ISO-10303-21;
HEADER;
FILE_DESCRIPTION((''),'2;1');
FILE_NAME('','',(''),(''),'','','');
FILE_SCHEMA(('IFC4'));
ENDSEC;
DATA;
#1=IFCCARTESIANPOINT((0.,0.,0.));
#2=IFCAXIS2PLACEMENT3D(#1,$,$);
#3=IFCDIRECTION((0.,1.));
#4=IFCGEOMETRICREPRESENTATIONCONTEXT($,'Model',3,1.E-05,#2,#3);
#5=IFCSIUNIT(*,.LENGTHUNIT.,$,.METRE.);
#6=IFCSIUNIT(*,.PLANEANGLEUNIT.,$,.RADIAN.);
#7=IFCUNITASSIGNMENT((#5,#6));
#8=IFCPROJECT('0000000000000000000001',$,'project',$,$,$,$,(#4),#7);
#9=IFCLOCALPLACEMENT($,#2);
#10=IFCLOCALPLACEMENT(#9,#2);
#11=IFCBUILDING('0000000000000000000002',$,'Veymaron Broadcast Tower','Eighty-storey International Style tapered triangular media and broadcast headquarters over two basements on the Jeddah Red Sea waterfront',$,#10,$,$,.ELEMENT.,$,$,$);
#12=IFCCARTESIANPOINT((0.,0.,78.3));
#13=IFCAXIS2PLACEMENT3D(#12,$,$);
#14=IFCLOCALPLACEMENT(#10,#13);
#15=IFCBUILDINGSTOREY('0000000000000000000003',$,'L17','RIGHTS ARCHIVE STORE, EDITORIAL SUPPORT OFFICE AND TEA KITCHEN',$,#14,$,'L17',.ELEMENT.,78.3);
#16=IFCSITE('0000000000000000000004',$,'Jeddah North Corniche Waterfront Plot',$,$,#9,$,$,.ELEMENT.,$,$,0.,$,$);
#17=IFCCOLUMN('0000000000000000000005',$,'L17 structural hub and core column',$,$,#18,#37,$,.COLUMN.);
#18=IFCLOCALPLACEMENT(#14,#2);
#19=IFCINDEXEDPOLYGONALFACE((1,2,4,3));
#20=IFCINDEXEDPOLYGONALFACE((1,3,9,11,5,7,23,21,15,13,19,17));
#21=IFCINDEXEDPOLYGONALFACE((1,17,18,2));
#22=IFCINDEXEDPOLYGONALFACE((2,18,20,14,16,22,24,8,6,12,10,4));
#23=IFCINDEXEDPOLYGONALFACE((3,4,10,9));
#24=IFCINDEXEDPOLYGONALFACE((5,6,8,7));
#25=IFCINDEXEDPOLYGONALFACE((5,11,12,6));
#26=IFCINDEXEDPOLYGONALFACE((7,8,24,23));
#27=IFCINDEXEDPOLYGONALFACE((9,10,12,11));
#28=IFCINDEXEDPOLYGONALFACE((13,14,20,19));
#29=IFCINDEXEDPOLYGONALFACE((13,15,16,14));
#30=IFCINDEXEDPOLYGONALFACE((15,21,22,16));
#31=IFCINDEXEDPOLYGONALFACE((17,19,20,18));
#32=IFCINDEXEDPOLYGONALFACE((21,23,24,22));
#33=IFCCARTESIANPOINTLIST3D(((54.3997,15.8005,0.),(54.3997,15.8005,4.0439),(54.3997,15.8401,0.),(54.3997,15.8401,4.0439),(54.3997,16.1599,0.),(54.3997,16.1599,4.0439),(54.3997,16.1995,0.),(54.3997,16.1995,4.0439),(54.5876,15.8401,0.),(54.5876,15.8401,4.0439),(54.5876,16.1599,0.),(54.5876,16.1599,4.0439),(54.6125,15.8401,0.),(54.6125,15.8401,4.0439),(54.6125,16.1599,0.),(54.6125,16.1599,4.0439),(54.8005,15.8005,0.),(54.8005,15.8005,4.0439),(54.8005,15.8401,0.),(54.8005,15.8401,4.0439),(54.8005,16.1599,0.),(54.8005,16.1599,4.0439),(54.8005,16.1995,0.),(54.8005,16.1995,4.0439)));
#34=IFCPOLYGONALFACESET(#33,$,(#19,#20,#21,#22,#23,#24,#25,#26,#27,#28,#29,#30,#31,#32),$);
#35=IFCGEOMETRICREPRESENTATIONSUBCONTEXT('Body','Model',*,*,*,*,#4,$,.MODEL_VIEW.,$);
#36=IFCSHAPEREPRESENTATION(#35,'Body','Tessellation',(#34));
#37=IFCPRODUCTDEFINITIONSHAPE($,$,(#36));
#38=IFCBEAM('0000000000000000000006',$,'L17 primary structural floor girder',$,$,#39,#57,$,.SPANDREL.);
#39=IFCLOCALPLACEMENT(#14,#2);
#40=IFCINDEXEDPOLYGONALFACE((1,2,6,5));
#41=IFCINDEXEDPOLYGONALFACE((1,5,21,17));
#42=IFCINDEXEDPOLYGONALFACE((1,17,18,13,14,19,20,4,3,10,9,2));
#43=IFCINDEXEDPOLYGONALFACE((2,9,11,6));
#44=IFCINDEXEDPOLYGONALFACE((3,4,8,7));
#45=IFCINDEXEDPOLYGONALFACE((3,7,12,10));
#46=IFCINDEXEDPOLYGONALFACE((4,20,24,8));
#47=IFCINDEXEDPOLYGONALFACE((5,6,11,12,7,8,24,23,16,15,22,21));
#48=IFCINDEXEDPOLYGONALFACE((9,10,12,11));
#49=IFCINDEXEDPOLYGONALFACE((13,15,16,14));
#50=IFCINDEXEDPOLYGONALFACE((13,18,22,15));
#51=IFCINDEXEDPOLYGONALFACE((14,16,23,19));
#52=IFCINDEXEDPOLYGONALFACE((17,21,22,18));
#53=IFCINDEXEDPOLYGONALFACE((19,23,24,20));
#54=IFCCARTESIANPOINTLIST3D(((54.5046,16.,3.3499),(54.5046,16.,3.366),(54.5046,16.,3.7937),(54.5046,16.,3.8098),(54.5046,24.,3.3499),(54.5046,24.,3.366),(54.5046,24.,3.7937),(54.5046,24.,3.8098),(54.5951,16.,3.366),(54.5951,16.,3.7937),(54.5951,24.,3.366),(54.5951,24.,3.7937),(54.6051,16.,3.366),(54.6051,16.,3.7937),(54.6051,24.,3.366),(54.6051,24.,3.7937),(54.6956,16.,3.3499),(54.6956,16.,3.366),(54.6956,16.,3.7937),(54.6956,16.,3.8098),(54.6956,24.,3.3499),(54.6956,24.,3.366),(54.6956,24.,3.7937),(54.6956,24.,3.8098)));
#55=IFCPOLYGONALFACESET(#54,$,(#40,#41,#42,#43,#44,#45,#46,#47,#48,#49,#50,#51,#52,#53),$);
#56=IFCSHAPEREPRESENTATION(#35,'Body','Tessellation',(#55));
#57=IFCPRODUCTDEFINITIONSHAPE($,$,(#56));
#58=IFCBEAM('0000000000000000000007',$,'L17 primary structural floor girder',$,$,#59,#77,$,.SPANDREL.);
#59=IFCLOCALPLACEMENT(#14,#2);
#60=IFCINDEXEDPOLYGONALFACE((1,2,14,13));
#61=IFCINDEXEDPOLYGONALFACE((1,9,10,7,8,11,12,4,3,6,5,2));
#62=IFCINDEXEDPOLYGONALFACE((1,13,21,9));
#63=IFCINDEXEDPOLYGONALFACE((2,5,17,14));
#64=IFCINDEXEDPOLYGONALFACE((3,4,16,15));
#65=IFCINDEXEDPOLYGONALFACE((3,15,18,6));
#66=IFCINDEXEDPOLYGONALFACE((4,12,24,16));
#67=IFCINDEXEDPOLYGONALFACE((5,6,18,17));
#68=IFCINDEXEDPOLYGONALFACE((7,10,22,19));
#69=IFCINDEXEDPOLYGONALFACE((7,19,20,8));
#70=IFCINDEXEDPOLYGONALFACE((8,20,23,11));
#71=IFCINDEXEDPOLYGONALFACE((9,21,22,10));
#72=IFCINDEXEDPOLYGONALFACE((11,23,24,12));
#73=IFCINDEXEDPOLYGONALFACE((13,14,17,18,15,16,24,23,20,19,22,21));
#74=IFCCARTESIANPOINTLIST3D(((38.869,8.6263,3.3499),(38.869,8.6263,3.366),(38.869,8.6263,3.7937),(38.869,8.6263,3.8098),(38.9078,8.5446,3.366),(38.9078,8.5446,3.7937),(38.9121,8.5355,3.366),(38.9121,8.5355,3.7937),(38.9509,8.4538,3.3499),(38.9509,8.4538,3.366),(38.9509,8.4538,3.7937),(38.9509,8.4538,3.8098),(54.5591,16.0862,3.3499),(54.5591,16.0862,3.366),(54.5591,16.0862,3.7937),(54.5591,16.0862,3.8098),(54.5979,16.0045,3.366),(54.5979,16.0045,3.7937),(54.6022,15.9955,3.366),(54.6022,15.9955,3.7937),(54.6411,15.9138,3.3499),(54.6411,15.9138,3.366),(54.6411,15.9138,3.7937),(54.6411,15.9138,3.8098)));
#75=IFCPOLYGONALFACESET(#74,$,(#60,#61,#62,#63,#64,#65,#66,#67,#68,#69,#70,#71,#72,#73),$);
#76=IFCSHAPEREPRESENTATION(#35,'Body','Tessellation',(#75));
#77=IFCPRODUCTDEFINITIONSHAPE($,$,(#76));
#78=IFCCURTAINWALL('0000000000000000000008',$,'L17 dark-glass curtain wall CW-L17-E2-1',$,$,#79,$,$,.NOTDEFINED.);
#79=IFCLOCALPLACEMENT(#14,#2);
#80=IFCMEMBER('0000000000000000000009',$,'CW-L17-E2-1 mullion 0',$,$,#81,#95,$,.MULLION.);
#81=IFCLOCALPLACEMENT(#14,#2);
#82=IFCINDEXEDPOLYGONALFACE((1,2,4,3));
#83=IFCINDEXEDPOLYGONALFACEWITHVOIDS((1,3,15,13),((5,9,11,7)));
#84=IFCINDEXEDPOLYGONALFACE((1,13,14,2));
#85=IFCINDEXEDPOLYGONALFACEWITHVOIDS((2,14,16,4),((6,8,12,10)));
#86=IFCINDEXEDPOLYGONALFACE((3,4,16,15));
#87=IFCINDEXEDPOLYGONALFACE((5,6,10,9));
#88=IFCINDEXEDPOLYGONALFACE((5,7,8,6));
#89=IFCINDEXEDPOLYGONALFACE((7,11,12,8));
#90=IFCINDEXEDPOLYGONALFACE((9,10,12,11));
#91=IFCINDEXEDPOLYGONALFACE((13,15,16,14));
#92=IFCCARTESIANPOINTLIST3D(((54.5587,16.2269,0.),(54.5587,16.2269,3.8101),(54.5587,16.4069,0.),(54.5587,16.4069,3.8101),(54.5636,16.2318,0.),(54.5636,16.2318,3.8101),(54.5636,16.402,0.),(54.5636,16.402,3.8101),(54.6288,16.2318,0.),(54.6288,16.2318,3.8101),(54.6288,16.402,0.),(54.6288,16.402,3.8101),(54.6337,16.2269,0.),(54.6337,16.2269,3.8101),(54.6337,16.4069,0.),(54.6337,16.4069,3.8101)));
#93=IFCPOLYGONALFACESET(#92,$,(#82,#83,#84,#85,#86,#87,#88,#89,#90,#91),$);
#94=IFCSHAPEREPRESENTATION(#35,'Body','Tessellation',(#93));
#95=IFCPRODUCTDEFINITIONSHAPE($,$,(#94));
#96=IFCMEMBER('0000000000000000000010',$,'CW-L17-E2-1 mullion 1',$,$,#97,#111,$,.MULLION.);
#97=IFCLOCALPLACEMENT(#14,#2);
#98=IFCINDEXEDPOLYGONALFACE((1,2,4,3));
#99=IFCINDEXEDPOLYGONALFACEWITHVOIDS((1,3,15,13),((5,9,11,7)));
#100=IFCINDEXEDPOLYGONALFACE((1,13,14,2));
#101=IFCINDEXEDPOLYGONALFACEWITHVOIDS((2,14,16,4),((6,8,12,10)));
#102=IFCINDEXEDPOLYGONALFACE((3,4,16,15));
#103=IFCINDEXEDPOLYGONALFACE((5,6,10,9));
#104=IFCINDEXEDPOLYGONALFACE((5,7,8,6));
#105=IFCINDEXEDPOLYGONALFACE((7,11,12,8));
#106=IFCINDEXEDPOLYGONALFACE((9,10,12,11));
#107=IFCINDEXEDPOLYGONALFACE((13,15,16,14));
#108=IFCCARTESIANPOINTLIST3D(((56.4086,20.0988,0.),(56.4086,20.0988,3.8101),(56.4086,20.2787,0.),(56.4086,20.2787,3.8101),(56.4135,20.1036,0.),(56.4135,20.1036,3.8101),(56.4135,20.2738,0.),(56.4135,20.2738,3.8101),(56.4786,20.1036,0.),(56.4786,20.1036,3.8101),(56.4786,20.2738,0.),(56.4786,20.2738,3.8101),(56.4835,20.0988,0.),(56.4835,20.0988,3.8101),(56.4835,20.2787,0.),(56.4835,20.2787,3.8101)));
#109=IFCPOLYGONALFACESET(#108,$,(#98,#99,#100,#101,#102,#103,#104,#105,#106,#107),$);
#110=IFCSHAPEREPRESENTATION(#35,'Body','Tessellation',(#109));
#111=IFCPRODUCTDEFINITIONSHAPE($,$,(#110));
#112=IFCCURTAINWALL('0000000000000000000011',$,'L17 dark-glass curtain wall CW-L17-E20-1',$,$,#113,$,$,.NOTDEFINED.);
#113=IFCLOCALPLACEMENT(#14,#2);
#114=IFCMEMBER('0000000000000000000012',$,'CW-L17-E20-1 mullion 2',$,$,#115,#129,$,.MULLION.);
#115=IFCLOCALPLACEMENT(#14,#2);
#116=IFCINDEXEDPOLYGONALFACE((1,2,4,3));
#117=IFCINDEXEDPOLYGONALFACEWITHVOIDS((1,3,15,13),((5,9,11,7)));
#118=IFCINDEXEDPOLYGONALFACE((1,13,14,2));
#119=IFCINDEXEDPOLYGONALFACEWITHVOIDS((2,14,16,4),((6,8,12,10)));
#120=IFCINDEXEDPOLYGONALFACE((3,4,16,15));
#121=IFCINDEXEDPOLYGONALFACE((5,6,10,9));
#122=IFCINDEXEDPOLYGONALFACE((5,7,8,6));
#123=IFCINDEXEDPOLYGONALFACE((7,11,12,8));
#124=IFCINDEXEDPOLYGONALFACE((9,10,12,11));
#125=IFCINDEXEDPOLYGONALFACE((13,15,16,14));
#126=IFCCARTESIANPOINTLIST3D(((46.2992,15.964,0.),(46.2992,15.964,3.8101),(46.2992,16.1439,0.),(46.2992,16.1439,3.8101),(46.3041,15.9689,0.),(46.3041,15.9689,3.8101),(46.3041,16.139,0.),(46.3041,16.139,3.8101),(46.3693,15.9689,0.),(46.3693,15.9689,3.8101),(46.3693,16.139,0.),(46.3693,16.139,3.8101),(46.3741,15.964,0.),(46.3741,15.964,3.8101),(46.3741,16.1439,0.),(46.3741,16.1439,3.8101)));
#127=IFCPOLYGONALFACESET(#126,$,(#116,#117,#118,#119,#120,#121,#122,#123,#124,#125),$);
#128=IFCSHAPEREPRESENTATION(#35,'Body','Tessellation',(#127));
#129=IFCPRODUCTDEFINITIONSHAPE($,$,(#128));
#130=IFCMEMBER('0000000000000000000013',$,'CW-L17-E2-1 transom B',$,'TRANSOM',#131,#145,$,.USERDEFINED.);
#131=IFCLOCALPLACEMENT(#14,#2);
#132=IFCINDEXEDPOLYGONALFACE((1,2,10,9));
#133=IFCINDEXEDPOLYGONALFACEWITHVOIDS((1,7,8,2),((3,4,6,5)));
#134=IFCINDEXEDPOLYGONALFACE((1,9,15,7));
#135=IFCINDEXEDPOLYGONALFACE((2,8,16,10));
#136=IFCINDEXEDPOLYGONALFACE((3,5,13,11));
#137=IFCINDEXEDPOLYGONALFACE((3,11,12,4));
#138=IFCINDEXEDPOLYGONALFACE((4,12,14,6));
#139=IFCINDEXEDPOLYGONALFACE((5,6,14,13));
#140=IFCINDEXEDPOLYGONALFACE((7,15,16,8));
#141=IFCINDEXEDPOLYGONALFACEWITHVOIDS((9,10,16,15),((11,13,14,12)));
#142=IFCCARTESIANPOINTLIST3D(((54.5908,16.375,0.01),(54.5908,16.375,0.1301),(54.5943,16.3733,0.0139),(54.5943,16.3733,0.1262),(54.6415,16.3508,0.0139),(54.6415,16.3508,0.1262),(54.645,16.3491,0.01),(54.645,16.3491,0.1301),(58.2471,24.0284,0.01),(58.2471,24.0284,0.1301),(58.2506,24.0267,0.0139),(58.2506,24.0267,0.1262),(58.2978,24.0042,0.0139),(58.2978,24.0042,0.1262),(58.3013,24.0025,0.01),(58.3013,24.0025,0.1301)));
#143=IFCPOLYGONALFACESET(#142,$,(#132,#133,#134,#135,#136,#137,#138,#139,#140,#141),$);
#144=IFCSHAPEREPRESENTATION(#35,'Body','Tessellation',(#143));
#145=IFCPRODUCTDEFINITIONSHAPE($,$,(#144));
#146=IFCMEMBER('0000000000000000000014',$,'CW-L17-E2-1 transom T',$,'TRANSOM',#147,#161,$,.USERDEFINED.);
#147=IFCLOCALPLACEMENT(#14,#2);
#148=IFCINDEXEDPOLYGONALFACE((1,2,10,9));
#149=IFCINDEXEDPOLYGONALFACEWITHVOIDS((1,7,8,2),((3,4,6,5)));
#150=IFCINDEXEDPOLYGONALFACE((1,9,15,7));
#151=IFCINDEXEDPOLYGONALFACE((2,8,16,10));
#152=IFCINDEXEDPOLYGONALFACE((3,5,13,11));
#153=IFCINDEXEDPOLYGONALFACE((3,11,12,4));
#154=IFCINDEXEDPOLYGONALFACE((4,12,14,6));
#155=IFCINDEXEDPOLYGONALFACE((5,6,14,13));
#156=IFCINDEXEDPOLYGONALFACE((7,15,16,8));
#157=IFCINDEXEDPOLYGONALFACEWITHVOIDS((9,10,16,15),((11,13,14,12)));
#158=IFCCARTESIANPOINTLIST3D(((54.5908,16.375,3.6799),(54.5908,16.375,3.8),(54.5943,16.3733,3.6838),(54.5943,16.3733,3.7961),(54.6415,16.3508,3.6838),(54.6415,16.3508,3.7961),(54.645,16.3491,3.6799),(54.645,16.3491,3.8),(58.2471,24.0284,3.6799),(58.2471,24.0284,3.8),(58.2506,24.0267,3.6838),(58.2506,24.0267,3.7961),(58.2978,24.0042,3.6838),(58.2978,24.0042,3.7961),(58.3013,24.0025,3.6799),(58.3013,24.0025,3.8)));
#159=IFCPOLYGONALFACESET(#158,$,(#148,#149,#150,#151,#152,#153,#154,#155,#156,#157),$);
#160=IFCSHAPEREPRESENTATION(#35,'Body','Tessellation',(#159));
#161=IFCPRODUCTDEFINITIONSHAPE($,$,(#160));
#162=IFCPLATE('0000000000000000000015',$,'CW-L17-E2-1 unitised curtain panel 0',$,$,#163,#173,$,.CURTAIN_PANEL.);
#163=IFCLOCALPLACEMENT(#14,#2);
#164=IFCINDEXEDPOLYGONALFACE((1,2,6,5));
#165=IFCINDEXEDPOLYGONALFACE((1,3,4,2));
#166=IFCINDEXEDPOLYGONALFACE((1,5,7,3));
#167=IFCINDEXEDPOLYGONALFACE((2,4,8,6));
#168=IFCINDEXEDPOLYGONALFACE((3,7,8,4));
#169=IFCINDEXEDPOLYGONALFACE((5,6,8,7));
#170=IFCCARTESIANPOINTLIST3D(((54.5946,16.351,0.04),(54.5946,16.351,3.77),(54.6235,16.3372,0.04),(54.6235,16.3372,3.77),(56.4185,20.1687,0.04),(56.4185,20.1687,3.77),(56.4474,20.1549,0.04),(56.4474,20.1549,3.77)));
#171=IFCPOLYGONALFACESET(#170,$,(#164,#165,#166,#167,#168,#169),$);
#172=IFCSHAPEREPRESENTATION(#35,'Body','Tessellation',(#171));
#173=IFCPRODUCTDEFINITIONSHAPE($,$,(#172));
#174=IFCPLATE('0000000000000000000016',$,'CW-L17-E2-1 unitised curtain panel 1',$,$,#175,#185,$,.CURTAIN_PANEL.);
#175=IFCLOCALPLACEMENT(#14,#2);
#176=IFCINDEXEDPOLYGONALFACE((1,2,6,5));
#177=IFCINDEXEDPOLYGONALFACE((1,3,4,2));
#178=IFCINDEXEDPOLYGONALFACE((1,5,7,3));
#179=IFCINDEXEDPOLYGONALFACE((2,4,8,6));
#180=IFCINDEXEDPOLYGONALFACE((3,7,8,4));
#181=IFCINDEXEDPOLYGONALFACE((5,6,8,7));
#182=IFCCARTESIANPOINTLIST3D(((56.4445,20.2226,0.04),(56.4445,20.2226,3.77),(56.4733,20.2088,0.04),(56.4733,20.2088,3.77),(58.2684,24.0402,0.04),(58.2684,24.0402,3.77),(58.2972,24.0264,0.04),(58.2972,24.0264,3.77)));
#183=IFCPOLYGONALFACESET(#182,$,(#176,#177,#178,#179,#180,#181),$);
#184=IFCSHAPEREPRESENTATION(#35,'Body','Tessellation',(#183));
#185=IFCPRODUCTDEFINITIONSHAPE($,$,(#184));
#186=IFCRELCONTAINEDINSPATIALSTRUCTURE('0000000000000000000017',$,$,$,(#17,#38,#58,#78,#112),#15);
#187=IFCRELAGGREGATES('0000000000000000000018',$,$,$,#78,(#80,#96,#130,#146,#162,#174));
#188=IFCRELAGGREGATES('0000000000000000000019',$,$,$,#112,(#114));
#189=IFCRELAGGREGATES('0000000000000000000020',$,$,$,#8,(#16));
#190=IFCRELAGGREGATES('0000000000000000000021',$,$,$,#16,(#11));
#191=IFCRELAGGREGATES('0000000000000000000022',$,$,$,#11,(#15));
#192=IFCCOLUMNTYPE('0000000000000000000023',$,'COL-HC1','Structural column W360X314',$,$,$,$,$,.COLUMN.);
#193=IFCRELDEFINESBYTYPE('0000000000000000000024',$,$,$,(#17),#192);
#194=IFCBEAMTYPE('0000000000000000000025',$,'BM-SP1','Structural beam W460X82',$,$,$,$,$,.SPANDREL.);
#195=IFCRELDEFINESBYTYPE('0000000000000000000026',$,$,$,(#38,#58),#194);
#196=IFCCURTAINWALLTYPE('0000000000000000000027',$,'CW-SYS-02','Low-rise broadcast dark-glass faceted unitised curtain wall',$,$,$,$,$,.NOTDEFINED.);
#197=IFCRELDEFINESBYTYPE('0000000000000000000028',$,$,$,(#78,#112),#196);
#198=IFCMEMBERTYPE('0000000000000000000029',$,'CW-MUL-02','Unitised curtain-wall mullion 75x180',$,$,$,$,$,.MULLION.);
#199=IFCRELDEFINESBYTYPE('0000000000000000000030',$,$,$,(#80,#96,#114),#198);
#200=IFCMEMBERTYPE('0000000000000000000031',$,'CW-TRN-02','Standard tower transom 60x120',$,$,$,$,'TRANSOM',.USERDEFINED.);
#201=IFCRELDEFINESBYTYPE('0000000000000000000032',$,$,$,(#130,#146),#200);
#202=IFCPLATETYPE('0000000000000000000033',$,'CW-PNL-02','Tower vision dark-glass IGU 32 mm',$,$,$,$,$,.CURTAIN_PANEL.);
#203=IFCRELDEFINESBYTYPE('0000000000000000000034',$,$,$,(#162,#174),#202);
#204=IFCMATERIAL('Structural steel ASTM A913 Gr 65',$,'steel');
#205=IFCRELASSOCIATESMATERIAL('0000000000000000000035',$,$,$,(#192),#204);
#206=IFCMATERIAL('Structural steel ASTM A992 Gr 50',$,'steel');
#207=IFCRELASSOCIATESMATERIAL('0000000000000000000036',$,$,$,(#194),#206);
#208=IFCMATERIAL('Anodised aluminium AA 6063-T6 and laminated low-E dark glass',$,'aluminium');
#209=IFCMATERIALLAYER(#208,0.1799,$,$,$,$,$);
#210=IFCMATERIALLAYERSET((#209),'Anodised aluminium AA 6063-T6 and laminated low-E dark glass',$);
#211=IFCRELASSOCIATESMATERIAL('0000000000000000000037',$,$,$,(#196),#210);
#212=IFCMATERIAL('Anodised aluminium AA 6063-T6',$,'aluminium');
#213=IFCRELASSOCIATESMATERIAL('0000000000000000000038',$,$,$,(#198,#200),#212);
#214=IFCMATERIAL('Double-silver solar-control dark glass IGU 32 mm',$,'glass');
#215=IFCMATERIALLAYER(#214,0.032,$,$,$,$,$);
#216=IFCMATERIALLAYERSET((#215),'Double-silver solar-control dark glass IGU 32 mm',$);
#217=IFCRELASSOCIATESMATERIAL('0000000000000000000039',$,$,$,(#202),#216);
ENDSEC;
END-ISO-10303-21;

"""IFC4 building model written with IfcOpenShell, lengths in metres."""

from ifc_helpers import new_model, si_unit, direction, frame, origin, origin_2d, place, context, subcontext, project, spatial, rectangle, hollow_rectangle, i_section, extrude, material, layer, layer_set, material_profile, profile_set, type_object, element, aggregate, save


model = new_model("IFC4")

# Units and contexts
model_context = context("Model", 3, precision=1e-05, world=origin(), true_north=direction((0.0, 1.0)))
body_context = subcontext(model_context, "Body", "Model", "MODEL_VIEW")
ifc_project = project(units=[si_unit("LENGTHUNIT", "METRE"), si_unit("PLANEANGLEUNIT", "RADIAN")], contexts=[model_context])

# Site, building, storey
site_placement = place(None, origin())
site = spatial("IfcSite", under=ifc_project, at=site_placement, Name="Jeddah North Corniche Waterfront Plot", CompositionType="ELEMENT", RefElevation=0.0)
building_placement = place(site_placement, origin())
building = spatial("IfcBuilding", under=site, at=building_placement, Name="Veymaron Broadcast Tower", Description="Eighty-storey International Style tapered triangular media and broadcast headquarters over two basements on the Jeddah Red Sea waterfront", CompositionType="ELEMENT")
storey_placement = place(building_placement, frame((0.0, 0.0, 78.3)))
storey = spatial("IfcBuildingStorey", under=building, at=storey_placement, Name="L17", Description="RIGHTS ARCHIVE STORE, EDITORIAL SUPPORT OFFICE AND TEA KITCHEN", LongName="L17", CompositionType="ELEMENT", Elevation=78.3)

# Column
ifc_material_1 = material(Name="Structural steel ASTM A913 Gr 65", Category="steel")
ifc_material_profile_1 = material_profile(ifc_material_1, i_section(OverallWidth=0.4009, OverallDepth=0.3989, WebThickness=0.0249, FlangeThickness=0.0396, at=origin_2d()), Name="W360X314")
ifc_profile_set_1 = profile_set([ifc_material_profile_1], Name="Structural steel ASTM A913 Gr 65")
column_type = type_object("IfcColumnType", Name="COL-HC1", Description="Structural column W360X314", PredefinedType="COLUMN", material=ifc_profile_set_1)
column_placement = place(storey_placement, frame((54.6001, 16.0, 0.0), z_axis=(0.0, 0.0, 1.0), x_axis=(1.0, 0.0, 0.0)))
element("IfcColumn", 1, at=column_placement, inside=storey, type_object=column_type, Name="L17 structural hub and core column", PredefinedType="COLUMN", context=body_context, shape_type="SweptSolid", body=[
    extrude(i_section(OverallWidth=0.4009, OverallDepth=0.3989, WebThickness=0.0249, FlangeThickness=0.0396, at=origin_2d()), origin(), (0.0, 0.0, 1.0), 4.0439),
])

# Beams
ifc_material_2 = material(Name="Structural steel ASTM A992 Gr 50", Category="steel")
ifc_material_profile_2 = material_profile(ifc_material_2, i_section(OverallWidth=0.1909, OverallDepth=0.46, WebThickness=0.01, FlangeThickness=0.0161, at=origin_2d()), Name="W460X82")
ifc_profile_set_2 = profile_set([ifc_material_profile_2], Name="Structural steel ASTM A992 Gr 50")
beam_type = type_object("IfcBeamType", Name="BM-SP1", Description="Structural beam W460X82", PredefinedType="SPANDREL", material=ifc_profile_set_2)
beam_1_placement = place(storey_placement, frame((54.6001, 16.0, 3.5798), z_axis=(0.0, 1.0, 0.0), x_axis=(-1.0, 0.0, 0.0)))
element("IfcBeam", 2, at=beam_1_placement, inside=storey, type_object=beam_type, Name="L17 primary structural floor girder", PredefinedType="SPANDREL", context=body_context, shape_type="SweptSolid", body=[
    extrude(i_section(OverallWidth=0.1909, OverallDepth=0.46, WebThickness=0.01, FlangeThickness=0.0161, at=origin_2d()), origin(), (0.0, 0.0, 1.0), 8.0),
])
beam_2_placement = place(storey_placement, frame((54.6001, 16.0, 3.5798), z_axis=(-0.903119, -0.429391, 0.0), x_axis=(0.429391, -0.903119, 0.0)))
element("IfcBeam", 3, at=beam_2_placement, inside=storey, type_object=beam_type, Name="L17 primary structural floor girder", PredefinedType="SPANDREL", context=body_context, shape_type="SweptSolid", body=[
    extrude(i_section(OverallWidth=0.1909, OverallDepth=0.46, WebThickness=0.01, FlangeThickness=0.0161, at=origin_2d()), origin(), (0.0, 0.0, 1.0), 17.3733),
])

# Curtain wall, members
ifc_material_3 = material(Name="Anodised aluminium AA 6063-T6 and laminated low-E dark glass", Category="aluminium")
ifc_layer_1 = layer(ifc_material_3, 0.1799)
ifc_layer_set_1 = layer_set([ifc_layer_1], Name="Anodised aluminium AA 6063-T6 and laminated low-E dark glass")
curtain_wall_type = type_object("IfcCurtainWallType", Name="CW-SYS-02", Description="Low-rise broadcast dark-glass faceted unitised curtain wall", PredefinedType="NOTDEFINED", material=ifc_layer_set_1)
curtain_wall_1_placement = place(storey_placement, origin())
curtain_wall_1 = element("IfcCurtainWall", 4, at=curtain_wall_1_placement, inside=storey, type_object=curtain_wall_type, Name="L17 dark-glass curtain wall CW-L17-E2-1", PredefinedType="NOTDEFINED")
ifc_material_4 = material(Name="Anodised aluminium AA 6063-T6", Category="aluminium")
ifc_material_profile_3 = material_profile(ifc_material_4, hollow_rectangle(XDim=0.075, YDim=0.1799, WallThickness=0.0049, at=origin_2d()), Name="AL180X75X5")
ifc_profile_set_3 = profile_set([ifc_material_profile_3], Name="Anodised aluminium AA 6063-T6")
member_type_1 = type_object("IfcMemberType", Name="CW-MUL-02", Description="Unitised curtain-wall mullion 75x180", PredefinedType="MULLION", material=ifc_profile_set_3)
member_1_placement = place(storey_placement, frame((54.5962, 16.3169, 0.0), z_axis=(0.0, 0.0, 1.0), x_axis=(1.0, 0.0, 0.0)))
member_1 = element("IfcMember", 5, at=member_1_placement, type_object=member_type_1, Name="CW-L17-E2-1 mullion 0", PredefinedType="MULLION", context=body_context, shape_type="SweptSolid", body=[
    extrude(hollow_rectangle(XDim=0.075, YDim=0.1799, WallThickness=0.0049, at=origin_2d()), origin(), (0.0, 0.0, 1.0), 3.8101),
])
member_2_placement = place(storey_placement, frame((56.446, 20.1887, 0.0), z_axis=(0.0, 0.0, 1.0), x_axis=(1.0, 0.0, 0.0)))
member_2 = element("IfcMember", 6, at=member_2_placement, type_object=member_type_1, Name="CW-L17-E2-1 mullion 1", PredefinedType="MULLION", context=body_context, shape_type="SweptSolid", body=[
    extrude(hollow_rectangle(XDim=0.075, YDim=0.1799, WallThickness=0.0049, at=origin_2d()), origin(), (0.0, 0.0, 1.0), 3.8101),
])

# Curtain wall, member
curtain_wall_2_placement = place(storey_placement, origin())
curtain_wall_2 = element("IfcCurtainWall", 7, at=curtain_wall_2_placement, inside=storey, type_object=curtain_wall_type, Name="L17 dark-glass curtain wall CW-L17-E20-1", PredefinedType="NOTDEFINED")
member_3_placement = place(storey_placement, frame((46.3367, 16.054, 0.0), z_axis=(0.0, 0.0, 1.0), x_axis=(1.0, 0.0, 0.0)))
member_3 = element("IfcMember", 8, at=member_3_placement, type_object=member_type_1, Name="CW-L17-E20-1 mullion 2", PredefinedType="MULLION", context=body_context, shape_type="SweptSolid", body=[
    extrude(hollow_rectangle(XDim=0.075, YDim=0.1799, WallThickness=0.0049, at=origin_2d()), origin(), (0.0, 0.0, 1.0), 3.8101),
])

# Members
ifc_material_profile_4 = material_profile(ifc_material_4, hollow_rectangle(XDim=0.0601, YDim=0.1201, WallThickness=0.0039, at=origin_2d()), Name="AL120X60X4")
ifc_profile_set_4 = profile_set([ifc_material_profile_4], Name="Anodised aluminium AA 6063-T6")
member_type_2 = type_object("IfcMemberType", Name="CW-TRN-02", Description="Standard tower transom 60x120", ElementType="TRANSOM", PredefinedType="USERDEFINED", material=ifc_profile_set_4)
member_4_placement = place(storey_placement, frame((54.6179, 16.3621, 0.0701), z_axis=(0.431068, 0.902319, 0.0), x_axis=(-0.902319, 0.431068, 0.0)))
member_4 = element("IfcMember", 9, at=member_4_placement, type_object=member_type_2, Name="CW-L17-E2-1 transom B", ObjectType="TRANSOM", PredefinedType="USERDEFINED", context=body_context, shape_type="SweptSolid", body=[
    extrude(hollow_rectangle(XDim=0.0601, YDim=0.1201, WallThickness=0.0039, at=origin_2d()), origin(), (0.0, 0.0, 1.0), 8.4819),
])
member_5_placement = place(storey_placement, frame((54.6179, 16.3621, 3.74), z_axis=(0.431068, 0.902319, 0.0), x_axis=(-0.902319, 0.431068, 0.0)))
member_5 = element("IfcMember", 10, at=member_5_placement, type_object=member_type_2, Name="CW-L17-E2-1 transom T", ObjectType="TRANSOM", PredefinedType="USERDEFINED", context=body_context, shape_type="SweptSolid", body=[
    extrude(hollow_rectangle(XDim=0.0601, YDim=0.1201, WallThickness=0.0039, at=origin_2d()), origin(), (0.0, 0.0, 1.0), 8.4819),
])

# Plates
ifc_material_5 = material(Name="Double-silver solar-control dark glass IGU 32 mm", Category="glass")
ifc_layer_2 = layer(ifc_material_5, 0.032)
ifc_layer_set_2 = layer_set([ifc_layer_2], Name="Double-silver solar-control dark glass IGU 32 mm")
plate_type = type_object("IfcPlateType", Name="CW-PNL-02", Description="Tower vision dark-glass IGU 32 mm", PredefinedType="CURTAIN_PANEL", material=ifc_layer_set_2)
plate_1_placement = place(storey_placement, frame((55.521, 18.2529, 0.04), z_axis=(0.0, 0.0, 1.0), x_axis=(0.431078, 0.902315, 0.0)))
plate_1 = element("IfcPlate", 11, at=plate_1_placement, type_object=plate_type, Name="CW-L17-E2-1 unitised curtain panel 0", PredefinedType="CURTAIN_PANEL", context=body_context, shape_type="SweptSolid", body=[
    extrude(rectangle(XDim=4.231, YDim=0.032, at=origin_2d()), origin(), (0.0, 0.0, 1.0), 3.73),
])
plate_2_placement = place(storey_placement, frame((57.3708, 22.1245, 0.04), z_axis=(0.0, 0.0, 1.0), x_axis=(0.431078, 0.902315, 0.0)))
plate_2 = element("IfcPlate", 12, at=plate_2_placement, type_object=plate_type, Name="CW-L17-E2-1 unitised curtain panel 1", PredefinedType="CURTAIN_PANEL", context=body_context, shape_type="SweptSolid", body=[
    extrude(rectangle(XDim=4.231, YDim=0.032, at=origin_2d()), origin(), (0.0, 0.0, 1.0), 3.73),
])
aggregate(curtain_wall_1, [member_1, member_2, member_4, member_5, plate_1, plate_2])
aggregate(curtain_wall_2, [member_3])

save(model, "model.ifc")
